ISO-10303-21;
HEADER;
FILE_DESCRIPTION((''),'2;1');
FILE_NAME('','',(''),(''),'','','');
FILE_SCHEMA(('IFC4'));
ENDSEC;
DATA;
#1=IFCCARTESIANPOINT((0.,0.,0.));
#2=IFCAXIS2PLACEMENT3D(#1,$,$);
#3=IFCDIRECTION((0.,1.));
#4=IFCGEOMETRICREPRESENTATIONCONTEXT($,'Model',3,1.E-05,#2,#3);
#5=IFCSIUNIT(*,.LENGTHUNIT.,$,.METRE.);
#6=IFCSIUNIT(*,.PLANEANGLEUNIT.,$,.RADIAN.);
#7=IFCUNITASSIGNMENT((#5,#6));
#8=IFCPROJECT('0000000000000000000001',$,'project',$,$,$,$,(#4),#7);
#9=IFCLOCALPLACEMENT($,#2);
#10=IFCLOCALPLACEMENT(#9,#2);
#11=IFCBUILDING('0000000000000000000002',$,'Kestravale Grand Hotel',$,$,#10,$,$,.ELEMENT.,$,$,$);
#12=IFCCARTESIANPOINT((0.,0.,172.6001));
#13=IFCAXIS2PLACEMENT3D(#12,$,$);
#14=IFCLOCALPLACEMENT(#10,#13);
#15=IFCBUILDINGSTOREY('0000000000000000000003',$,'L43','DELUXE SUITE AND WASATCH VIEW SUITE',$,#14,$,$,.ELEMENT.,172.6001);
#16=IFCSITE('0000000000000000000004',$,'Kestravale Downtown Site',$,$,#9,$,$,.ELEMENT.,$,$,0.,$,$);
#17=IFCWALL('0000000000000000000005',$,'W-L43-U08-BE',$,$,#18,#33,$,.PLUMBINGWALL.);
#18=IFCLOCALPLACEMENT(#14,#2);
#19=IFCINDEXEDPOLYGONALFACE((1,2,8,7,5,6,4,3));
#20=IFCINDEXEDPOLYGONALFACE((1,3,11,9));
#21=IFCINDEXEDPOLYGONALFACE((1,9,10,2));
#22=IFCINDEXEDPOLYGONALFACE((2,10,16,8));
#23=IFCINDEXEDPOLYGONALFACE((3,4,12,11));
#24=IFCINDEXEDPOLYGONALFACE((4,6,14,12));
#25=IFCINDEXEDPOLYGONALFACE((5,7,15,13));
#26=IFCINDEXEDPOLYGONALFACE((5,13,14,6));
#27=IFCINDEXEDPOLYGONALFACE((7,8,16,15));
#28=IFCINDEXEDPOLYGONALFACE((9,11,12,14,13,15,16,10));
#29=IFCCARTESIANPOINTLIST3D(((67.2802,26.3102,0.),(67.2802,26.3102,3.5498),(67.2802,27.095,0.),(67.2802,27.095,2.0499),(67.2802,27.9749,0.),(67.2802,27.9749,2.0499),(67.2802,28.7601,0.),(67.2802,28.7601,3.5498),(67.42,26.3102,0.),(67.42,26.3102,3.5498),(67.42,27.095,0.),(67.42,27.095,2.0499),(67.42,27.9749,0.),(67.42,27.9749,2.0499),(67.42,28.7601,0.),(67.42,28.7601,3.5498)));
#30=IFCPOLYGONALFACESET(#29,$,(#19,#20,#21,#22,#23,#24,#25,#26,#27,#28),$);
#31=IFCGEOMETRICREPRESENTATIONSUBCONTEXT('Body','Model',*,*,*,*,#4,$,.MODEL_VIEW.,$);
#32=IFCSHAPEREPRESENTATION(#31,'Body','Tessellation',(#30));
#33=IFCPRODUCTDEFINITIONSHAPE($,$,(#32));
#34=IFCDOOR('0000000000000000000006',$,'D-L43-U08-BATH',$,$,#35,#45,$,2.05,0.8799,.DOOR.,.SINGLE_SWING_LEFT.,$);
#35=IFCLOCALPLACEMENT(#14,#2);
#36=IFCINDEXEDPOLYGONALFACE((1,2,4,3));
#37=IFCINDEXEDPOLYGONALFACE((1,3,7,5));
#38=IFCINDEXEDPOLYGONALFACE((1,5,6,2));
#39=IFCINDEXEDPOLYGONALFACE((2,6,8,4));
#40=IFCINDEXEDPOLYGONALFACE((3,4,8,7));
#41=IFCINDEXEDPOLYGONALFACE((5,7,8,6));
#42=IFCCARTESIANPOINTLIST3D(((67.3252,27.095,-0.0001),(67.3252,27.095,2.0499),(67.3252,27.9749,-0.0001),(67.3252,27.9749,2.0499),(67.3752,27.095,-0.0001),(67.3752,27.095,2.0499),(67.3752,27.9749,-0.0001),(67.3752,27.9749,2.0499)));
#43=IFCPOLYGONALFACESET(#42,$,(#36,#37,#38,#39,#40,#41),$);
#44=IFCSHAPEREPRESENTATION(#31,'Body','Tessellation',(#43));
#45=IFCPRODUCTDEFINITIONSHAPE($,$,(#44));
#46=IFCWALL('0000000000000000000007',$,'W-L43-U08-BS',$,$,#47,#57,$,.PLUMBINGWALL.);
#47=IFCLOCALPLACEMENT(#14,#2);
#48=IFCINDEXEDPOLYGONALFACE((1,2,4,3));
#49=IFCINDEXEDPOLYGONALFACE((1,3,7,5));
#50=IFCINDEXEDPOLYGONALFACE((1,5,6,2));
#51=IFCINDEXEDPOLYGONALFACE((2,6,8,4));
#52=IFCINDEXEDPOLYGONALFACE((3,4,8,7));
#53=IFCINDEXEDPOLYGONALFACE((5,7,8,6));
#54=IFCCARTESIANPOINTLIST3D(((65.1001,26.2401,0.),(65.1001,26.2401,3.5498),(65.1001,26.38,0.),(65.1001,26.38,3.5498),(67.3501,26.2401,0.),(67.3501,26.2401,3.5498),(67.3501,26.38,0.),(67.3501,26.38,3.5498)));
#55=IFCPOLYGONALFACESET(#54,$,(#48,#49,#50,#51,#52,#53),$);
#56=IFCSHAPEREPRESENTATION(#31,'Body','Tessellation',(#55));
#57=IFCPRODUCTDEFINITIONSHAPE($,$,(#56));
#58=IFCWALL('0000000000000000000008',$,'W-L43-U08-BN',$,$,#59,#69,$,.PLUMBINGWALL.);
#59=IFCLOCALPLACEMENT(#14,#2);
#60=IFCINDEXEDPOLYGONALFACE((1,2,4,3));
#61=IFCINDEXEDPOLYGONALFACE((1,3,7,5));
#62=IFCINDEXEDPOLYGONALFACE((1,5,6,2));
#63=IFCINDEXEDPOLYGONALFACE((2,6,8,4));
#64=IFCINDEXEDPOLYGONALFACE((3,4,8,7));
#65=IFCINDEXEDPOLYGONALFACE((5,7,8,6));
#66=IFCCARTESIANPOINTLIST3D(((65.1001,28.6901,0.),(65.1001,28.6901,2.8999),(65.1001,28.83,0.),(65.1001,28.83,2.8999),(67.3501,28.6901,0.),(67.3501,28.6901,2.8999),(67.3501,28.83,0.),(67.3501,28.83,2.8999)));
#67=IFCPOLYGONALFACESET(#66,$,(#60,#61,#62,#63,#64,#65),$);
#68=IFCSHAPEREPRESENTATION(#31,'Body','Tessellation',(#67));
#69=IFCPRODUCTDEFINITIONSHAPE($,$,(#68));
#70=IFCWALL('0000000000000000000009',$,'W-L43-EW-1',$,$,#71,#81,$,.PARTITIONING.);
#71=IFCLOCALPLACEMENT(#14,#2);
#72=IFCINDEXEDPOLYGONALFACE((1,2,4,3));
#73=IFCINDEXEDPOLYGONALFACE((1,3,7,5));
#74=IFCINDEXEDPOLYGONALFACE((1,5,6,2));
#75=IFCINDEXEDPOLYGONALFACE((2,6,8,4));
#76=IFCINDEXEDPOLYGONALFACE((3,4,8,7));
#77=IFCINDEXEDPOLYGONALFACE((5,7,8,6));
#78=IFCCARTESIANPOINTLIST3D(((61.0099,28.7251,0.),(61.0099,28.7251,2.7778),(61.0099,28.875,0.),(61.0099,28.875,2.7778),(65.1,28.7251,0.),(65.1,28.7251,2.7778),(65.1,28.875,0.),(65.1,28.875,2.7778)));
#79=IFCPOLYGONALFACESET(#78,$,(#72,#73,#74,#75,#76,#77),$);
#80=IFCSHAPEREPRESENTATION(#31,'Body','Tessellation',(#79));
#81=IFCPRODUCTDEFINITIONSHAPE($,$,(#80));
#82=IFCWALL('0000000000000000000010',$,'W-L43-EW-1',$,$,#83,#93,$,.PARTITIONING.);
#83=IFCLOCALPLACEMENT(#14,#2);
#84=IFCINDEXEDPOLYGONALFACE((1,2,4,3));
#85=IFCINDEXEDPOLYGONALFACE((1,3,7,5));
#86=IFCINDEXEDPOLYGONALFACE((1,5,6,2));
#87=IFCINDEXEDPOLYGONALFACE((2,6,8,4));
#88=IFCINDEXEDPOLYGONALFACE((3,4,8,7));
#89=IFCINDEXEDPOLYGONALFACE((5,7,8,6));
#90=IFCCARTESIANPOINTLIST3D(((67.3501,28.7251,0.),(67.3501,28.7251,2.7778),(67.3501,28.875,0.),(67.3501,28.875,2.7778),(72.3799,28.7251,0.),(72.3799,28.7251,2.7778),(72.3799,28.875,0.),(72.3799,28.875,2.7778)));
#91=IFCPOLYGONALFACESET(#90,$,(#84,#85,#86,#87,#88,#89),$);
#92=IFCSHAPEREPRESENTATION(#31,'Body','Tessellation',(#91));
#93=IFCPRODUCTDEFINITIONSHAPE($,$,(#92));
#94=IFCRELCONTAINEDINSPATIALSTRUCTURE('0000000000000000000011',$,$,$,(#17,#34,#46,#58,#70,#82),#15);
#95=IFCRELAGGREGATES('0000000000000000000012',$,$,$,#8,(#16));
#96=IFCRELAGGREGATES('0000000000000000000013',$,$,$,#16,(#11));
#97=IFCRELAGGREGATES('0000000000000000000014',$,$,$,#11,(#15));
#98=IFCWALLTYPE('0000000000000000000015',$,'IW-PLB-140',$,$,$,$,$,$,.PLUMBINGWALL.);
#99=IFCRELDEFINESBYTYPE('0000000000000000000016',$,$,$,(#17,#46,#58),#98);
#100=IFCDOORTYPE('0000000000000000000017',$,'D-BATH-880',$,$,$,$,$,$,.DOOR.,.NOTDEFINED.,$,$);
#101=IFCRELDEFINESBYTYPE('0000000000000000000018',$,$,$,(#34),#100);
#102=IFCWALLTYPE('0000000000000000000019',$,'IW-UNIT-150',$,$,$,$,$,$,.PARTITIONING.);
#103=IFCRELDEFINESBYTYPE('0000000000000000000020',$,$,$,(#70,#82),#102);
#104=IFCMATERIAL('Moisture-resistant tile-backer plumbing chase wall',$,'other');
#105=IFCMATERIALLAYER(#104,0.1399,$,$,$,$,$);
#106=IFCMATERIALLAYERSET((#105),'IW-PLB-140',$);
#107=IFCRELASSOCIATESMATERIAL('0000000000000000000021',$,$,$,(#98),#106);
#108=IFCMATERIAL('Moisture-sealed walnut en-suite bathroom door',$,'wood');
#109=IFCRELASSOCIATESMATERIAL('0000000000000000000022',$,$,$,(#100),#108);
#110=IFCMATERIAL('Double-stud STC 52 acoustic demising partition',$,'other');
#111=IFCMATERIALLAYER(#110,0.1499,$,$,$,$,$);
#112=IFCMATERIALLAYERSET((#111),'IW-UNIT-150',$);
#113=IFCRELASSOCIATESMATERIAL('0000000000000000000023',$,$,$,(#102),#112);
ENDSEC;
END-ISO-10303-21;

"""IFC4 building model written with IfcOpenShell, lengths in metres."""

from ifc_helpers import new_model, si_unit, direction, frame, frame_2d, origin, place, context, subcontext, project, spatial, rectangle, extrude, material, layer, layer_set, type_object, element, fill, save


model = new_model("IFC4")

# Units and contexts
model_context = context("Model", 3, precision=1e-05, world=origin(), true_north=direction((0.0, 1.0)))
body_context = subcontext(model_context, "Body", "Model", "MODEL_VIEW")
ifc_project = project(units=[si_unit("LENGTHUNIT", "METRE"), si_unit("PLANEANGLEUNIT", "RADIAN")], contexts=[model_context])

# Site, building, storey
site_placement = place(None, origin())
site = spatial("IfcSite", under=ifc_project, at=site_placement, Name="Kestravale Downtown Site", CompositionType="ELEMENT", RefElevation=0.0)
building_placement = place(site_placement, origin())
building = spatial("IfcBuilding", under=site, at=building_placement, Name="Kestravale Grand Hotel", CompositionType="ELEMENT")
storey_placement = place(building_placement, frame((0.0, 0.0, 172.6001)))
storey = spatial("IfcBuildingStorey", under=building, at=storey_placement, Name="L43", Description="DELUXE SUITE AND WASATCH VIEW SUITE", CompositionType="ELEMENT", Elevation=172.6001)

# Shared definitions
ifc_material_1 = material(Name="Moisture-resistant tile-backer plumbing chase wall", Category="other")
ifc_layer_1 = layer(ifc_material_1, 0.1399)
ifc_layer_set_1 = layer_set([ifc_layer_1], Name="IW-PLB-140")
wall_type_1 = type_object("IfcWallType", Name="IW-PLB-140", PredefinedType="PLUMBINGWALL", material=ifc_layer_set_1)

# Wall, opening, door
wall_1_placement = place(storey_placement, frame((67.3501, 26.3101, 0.0), z_axis=(0.0, 0.0, 1.0), x_axis=(0.0, 1.0, 0.0)))
wall_1 = element("IfcWall", 1, at=wall_1_placement, inside=storey, type_object=wall_type_1, Name="W-L43-U08-BE", PredefinedType="PLUMBINGWALL", context=body_context, shape_type="SweptSolid", body=[
    extrude(rectangle(XDim=2.45, YDim=0.1399, at=frame_2d((1.2251, 0.0))), origin(), (0.0, 0.0, 1.0), 3.5498),
])
opening_placement = place(wall_1_placement, frame((0.7849, 0.0, 0.0)))
opening = element("IfcOpeningElement", 2, at=opening_placement, cuts=wall_1, PredefinedType="OPENING", context=body_context, shape_type="SweptSolid", body=[
    extrude(rectangle(XDim=0.8799, YDim=2.05, at=frame_2d((0.4399, 1.0249))), frame((0.0, 0.0798, 0.0), z_axis=(0.0, -1.0, 0.0), x_axis=(1.0, 0.0, 0.0)), (0.0, 0.0, 1.0), 0.1599),
])
ifc_material_2 = material(Name="Moisture-sealed walnut en-suite bathroom door", Category="wood")
door_type = type_object("IfcDoorType", Name="D-BATH-880", OperationType="NOTDEFINED", PredefinedType="DOOR", material=ifc_material_2)
door_placement = place(opening_placement, origin())
door = element("IfcDoor", 3, at=door_placement, inside=storey, type_object=door_type, Name="D-L43-U08-BATH", OperationType="SINGLE_SWING_LEFT", OverallHeight=2.05, OverallWidth=0.8799, PredefinedType="DOOR", context=body_context, shape_type="SweptSolid", body=[
    extrude(rectangle(XDim=0.8799, YDim=2.05, at=frame_2d((0.4399, 1.0249))), frame((0.0, 0.0249, 0.0), z_axis=(0.0, -1.0, 0.0), x_axis=(1.0, 0.0, 0.0)), (0.0, 0.0, 1.0), 0.05),
])
fill(opening, door)

# Walls
wall_2_placement = place(storey_placement, frame((65.1001, 26.3101, 0.0), z_axis=(0.0, 0.0, 1.0), x_axis=(1.0, 0.0, 0.0)))
element("IfcWall", 4, at=wall_2_placement, inside=storey, type_object=wall_type_1, Name="W-L43-U08-BS", PredefinedType="PLUMBINGWALL", context=body_context, shape_type="SweptSolid", body=[
    extrude(rectangle(XDim=2.25, YDim=0.1399, at=frame_2d((1.125, 0.0))), origin(), (0.0, 0.0, 1.0), 3.5498),
])
wall_3_placement = place(storey_placement, frame((65.1001, 28.76, 0.0), z_axis=(0.0, 0.0, 1.0), x_axis=(1.0, 0.0, 0.0)))
element("IfcWall", 5, at=wall_3_placement, inside=storey, type_object=wall_type_1, Name="W-L43-U08-BN", PredefinedType="PLUMBINGWALL", context=body_context, shape_type="SweptSolid", body=[
    extrude(rectangle(XDim=2.25, YDim=0.1399, at=frame_2d((1.125, 0.0))), origin(), (0.0, 0.0, 1.0), 2.8999),
])
ifc_material_3 = material(Name="Double-stud STC 52 acoustic demising partition", Category="other")
ifc_layer_2 = layer(ifc_material_3, 0.1499)
ifc_layer_set_2 = layer_set([ifc_layer_2], Name="IW-UNIT-150")
wall_type_2 = type_object("IfcWallType", Name="IW-UNIT-150", PredefinedType="PARTITIONING", material=ifc_layer_set_2)
wall_4_placement = place(storey_placement, frame((61.01, 28.8, 0.0), z_axis=(0.0, 0.0, 1.0), x_axis=(1.0, 0.0, 0.0)))
element("IfcWall", 6, at=wall_4_placement, inside=storey, type_object=wall_type_2, Name="W-L43-EW-1", PredefinedType="PARTITIONING", context=body_context, shape_type="SweptSolid", body=[
    extrude(rectangle(XDim=4.0901, YDim=0.1499, at=frame_2d((2.0449, 0.0))), origin(), (0.0, 0.0, 1.0), 2.7778),
])
wall_5_placement = place(storey_placement, frame((67.3501, 28.8, 0.0), z_axis=(0.0, 0.0, 1.0), x_axis=(1.0, 0.0, 0.0)))
element("IfcWall", 7, at=wall_5_placement, inside=storey, type_object=wall_type_2, Name="W-L43-EW-1", PredefinedType="PARTITIONING", context=body_context, shape_type="SweptSolid", body=[
    extrude(rectangle(XDim=5.0298, YDim=0.1499, at=frame_2d((2.5149, 0.0))), origin(), (0.0, 0.0, 1.0), 2.7778),
])

save(model, "model.ifc")
